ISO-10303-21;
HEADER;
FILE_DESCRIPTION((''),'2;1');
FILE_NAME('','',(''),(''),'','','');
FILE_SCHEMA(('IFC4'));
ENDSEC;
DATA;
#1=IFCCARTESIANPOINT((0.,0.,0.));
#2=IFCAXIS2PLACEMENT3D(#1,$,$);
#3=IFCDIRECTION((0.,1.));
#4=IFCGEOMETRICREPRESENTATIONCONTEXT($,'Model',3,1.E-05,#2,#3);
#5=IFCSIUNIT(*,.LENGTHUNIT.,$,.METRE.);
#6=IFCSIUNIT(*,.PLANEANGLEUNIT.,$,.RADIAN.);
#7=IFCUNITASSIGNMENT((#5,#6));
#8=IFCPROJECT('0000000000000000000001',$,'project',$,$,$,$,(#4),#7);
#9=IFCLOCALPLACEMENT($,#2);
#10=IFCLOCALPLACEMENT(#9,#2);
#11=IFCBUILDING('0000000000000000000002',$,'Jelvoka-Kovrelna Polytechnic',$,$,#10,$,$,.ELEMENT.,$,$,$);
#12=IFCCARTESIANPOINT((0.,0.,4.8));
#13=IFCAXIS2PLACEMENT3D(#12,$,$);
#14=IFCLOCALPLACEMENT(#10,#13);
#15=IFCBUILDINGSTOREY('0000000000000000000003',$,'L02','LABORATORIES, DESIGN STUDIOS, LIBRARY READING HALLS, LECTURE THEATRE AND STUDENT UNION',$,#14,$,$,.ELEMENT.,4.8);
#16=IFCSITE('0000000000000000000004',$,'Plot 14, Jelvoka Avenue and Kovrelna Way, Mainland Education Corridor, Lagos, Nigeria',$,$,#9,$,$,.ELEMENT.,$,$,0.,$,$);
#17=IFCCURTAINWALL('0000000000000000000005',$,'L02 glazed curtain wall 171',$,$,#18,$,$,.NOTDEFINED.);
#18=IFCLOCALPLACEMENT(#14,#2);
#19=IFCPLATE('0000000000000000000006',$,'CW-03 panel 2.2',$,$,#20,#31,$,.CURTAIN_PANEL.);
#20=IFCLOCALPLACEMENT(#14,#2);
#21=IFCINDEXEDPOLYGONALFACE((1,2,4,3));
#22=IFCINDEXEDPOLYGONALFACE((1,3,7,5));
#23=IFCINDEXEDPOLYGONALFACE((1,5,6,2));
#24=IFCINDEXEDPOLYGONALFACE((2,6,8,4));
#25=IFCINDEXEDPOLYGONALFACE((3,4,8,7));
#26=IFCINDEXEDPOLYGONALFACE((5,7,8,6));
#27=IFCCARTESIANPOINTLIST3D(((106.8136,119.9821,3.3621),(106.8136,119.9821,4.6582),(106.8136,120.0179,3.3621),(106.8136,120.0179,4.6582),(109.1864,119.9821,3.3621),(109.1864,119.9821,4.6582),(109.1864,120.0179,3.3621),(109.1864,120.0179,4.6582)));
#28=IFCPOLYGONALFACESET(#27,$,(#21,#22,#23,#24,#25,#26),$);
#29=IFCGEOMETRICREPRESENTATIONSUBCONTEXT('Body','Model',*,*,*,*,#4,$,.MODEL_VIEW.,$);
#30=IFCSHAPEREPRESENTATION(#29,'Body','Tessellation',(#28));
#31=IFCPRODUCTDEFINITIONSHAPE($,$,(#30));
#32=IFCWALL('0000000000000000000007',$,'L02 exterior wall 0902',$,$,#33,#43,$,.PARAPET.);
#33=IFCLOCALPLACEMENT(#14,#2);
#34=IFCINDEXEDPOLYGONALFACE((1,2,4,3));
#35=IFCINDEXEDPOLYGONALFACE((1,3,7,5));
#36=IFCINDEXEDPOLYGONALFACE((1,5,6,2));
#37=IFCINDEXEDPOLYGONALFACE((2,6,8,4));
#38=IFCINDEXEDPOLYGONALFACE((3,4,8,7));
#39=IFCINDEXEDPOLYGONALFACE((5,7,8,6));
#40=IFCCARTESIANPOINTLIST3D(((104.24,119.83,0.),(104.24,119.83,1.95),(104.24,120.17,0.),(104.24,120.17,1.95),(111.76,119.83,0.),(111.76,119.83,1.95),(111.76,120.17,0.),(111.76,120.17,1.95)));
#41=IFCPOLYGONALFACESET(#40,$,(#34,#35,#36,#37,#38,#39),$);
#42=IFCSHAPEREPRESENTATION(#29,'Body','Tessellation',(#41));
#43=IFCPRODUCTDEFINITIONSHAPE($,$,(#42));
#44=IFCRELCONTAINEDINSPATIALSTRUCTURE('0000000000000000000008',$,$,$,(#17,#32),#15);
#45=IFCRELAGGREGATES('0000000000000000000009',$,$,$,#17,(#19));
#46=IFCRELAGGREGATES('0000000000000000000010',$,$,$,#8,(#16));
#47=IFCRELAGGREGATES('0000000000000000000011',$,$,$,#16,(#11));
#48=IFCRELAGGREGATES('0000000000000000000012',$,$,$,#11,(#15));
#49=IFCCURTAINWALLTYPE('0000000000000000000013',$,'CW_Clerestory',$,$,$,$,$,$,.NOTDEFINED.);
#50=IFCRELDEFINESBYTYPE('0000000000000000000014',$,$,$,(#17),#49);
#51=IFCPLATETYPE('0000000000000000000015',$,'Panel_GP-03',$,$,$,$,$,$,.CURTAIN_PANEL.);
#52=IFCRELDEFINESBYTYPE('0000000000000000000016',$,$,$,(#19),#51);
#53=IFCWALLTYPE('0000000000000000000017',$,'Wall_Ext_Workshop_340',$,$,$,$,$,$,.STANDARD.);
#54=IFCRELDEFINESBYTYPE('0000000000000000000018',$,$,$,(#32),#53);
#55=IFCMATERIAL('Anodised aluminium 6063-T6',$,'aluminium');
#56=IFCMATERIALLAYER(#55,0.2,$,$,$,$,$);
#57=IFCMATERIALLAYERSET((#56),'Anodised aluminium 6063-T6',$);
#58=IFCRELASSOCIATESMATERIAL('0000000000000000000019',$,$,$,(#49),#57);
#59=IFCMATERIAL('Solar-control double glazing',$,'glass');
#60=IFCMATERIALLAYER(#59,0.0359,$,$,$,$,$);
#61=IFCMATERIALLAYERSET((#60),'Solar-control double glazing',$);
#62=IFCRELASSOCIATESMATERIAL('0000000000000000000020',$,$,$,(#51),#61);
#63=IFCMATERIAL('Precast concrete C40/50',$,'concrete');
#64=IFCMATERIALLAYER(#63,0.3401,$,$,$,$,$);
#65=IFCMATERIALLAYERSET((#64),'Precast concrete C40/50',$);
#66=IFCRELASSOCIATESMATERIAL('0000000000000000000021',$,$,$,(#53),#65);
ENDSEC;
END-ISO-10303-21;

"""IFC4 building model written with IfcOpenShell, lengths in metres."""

from ifc_helpers import new_model, si_unit, direction, frame, frame_2d, origin, origin_2d, place, context, subcontext, project, spatial, rectangle, extrude, material, layer, layer_set, type_object, element, aggregate, save


model = new_model("IFC4")

# Units and contexts
model_context = context("Model", 3, precision=1e-05, world=origin(), true_north=direction((0.0, 1.0)))
body_context = subcontext(model_context, "Body", "Model", "MODEL_VIEW")
ifc_project = project(units=[si_unit("LENGTHUNIT", "METRE"), si_unit("PLANEANGLEUNIT", "RADIAN")], contexts=[model_context])

# Site, building, storey
site_placement = place(None, origin())
site = spatial("IfcSite", under=ifc_project, at=site_placement, Name="Plot 14, Jelvoka Avenue and Kovrelna Way, Mainland Education Corridor, Lagos, Nigeria", CompositionType="ELEMENT", RefElevation=0.0)
building_placement = place(site_placement, origin())
building = spatial("IfcBuilding", under=site, at=building_placement, Name="Jelvoka-Kovrelna Polytechnic", CompositionType="ELEMENT")
storey_placement = place(building_placement, frame((0.0, 0.0, 4.8)))
storey = spatial("IfcBuildingStorey", under=building, at=storey_placement, Name="L02", Description="LABORATORIES, DESIGN STUDIOS, LIBRARY READING HALLS, LECTURE THEATRE AND STUDENT UNION", CompositionType="ELEMENT", Elevation=4.8)

# Shared definitions
ifc_material_1 = material(Name="Anodised aluminium 6063-T6", Category="aluminium")
ifc_layer_1 = layer(ifc_material_1, 0.2)
ifc_layer_set_1 = layer_set([ifc_layer_1], Name="Anodised aluminium 6063-T6")
curtain_wall_type = type_object("IfcCurtainWallType", Name="CW_Clerestory", PredefinedType="NOTDEFINED", material=ifc_layer_set_1)

# Curtain wall
curtain_wall_1_placement = place(storey_placement, origin())
curtain_wall_1 = element("IfcCurtainWall", 1, at=curtain_wall_1_placement, inside=storey, type_object=curtain_wall_type, Name="L02 glazed curtain wall 171", PredefinedType="NOTDEFINED")

# Plate
ifc_material_2 = material(Name="Solar-control double glazing", Category="glass")
ifc_layer_2 = layer(ifc_material_2, 0.0359)
ifc_layer_set_2 = layer_set([ifc_layer_2], Name="Solar-control double glazing")
plate_type = type_object("IfcPlateType", Name="Panel_GP-03", PredefinedType="CURTAIN_PANEL", material=ifc_layer_set_2)
plate_1_placement = place(storey_placement, frame((108.0, 120.0, 3.3621), z_axis=(0.0, 0.0, 1.0), x_axis=(1.0, 0.0, 0.0)))
plate_1 = element("IfcPlate", 2, at=plate_1_placement, type_object=plate_type, Name="CW-03 panel 2.2", PredefinedType="CURTAIN_PANEL", context=body_context, shape_type="SweptSolid", body=[
    extrude(rectangle(XDim=2.3728, YDim=0.0359, at=origin_2d()), origin(), (0.0, 0.0, 1.0), 1.2961),
])
aggregate(curtain_wall_1, [plate_1])

# Wall
ifc_material_3 = material(Name="Precast concrete C40/50", Category="concrete")
ifc_layer_3 = layer(ifc_material_3, 0.3401)
ifc_layer_set_3 = layer_set([ifc_layer_3], Name="Precast concrete C40/50")
wall_type = type_object("IfcWallType", Name="Wall_Ext_Workshop_340", PredefinedType="STANDARD", material=ifc_layer_set_3)
wall_placement = place(storey_placement, frame((104.24, 120.0, 0.0), z_axis=(0.0, 0.0, 1.0), x_axis=(1.0, 0.0, 0.0)))
element("IfcWall", 3, at=wall_placement, inside=storey, type_object=wall_type, Name="L02 exterior wall 0902", PredefinedType="PARAPET", context=body_context, shape_type="SweptSolid", body=[
    extrude(rectangle(XDim=7.52, YDim=0.3401, at=frame_2d((3.76, 0.0))), origin(), (0.0, 0.0, 1.0), 1.95),
])

save(model, "model.ifc")
